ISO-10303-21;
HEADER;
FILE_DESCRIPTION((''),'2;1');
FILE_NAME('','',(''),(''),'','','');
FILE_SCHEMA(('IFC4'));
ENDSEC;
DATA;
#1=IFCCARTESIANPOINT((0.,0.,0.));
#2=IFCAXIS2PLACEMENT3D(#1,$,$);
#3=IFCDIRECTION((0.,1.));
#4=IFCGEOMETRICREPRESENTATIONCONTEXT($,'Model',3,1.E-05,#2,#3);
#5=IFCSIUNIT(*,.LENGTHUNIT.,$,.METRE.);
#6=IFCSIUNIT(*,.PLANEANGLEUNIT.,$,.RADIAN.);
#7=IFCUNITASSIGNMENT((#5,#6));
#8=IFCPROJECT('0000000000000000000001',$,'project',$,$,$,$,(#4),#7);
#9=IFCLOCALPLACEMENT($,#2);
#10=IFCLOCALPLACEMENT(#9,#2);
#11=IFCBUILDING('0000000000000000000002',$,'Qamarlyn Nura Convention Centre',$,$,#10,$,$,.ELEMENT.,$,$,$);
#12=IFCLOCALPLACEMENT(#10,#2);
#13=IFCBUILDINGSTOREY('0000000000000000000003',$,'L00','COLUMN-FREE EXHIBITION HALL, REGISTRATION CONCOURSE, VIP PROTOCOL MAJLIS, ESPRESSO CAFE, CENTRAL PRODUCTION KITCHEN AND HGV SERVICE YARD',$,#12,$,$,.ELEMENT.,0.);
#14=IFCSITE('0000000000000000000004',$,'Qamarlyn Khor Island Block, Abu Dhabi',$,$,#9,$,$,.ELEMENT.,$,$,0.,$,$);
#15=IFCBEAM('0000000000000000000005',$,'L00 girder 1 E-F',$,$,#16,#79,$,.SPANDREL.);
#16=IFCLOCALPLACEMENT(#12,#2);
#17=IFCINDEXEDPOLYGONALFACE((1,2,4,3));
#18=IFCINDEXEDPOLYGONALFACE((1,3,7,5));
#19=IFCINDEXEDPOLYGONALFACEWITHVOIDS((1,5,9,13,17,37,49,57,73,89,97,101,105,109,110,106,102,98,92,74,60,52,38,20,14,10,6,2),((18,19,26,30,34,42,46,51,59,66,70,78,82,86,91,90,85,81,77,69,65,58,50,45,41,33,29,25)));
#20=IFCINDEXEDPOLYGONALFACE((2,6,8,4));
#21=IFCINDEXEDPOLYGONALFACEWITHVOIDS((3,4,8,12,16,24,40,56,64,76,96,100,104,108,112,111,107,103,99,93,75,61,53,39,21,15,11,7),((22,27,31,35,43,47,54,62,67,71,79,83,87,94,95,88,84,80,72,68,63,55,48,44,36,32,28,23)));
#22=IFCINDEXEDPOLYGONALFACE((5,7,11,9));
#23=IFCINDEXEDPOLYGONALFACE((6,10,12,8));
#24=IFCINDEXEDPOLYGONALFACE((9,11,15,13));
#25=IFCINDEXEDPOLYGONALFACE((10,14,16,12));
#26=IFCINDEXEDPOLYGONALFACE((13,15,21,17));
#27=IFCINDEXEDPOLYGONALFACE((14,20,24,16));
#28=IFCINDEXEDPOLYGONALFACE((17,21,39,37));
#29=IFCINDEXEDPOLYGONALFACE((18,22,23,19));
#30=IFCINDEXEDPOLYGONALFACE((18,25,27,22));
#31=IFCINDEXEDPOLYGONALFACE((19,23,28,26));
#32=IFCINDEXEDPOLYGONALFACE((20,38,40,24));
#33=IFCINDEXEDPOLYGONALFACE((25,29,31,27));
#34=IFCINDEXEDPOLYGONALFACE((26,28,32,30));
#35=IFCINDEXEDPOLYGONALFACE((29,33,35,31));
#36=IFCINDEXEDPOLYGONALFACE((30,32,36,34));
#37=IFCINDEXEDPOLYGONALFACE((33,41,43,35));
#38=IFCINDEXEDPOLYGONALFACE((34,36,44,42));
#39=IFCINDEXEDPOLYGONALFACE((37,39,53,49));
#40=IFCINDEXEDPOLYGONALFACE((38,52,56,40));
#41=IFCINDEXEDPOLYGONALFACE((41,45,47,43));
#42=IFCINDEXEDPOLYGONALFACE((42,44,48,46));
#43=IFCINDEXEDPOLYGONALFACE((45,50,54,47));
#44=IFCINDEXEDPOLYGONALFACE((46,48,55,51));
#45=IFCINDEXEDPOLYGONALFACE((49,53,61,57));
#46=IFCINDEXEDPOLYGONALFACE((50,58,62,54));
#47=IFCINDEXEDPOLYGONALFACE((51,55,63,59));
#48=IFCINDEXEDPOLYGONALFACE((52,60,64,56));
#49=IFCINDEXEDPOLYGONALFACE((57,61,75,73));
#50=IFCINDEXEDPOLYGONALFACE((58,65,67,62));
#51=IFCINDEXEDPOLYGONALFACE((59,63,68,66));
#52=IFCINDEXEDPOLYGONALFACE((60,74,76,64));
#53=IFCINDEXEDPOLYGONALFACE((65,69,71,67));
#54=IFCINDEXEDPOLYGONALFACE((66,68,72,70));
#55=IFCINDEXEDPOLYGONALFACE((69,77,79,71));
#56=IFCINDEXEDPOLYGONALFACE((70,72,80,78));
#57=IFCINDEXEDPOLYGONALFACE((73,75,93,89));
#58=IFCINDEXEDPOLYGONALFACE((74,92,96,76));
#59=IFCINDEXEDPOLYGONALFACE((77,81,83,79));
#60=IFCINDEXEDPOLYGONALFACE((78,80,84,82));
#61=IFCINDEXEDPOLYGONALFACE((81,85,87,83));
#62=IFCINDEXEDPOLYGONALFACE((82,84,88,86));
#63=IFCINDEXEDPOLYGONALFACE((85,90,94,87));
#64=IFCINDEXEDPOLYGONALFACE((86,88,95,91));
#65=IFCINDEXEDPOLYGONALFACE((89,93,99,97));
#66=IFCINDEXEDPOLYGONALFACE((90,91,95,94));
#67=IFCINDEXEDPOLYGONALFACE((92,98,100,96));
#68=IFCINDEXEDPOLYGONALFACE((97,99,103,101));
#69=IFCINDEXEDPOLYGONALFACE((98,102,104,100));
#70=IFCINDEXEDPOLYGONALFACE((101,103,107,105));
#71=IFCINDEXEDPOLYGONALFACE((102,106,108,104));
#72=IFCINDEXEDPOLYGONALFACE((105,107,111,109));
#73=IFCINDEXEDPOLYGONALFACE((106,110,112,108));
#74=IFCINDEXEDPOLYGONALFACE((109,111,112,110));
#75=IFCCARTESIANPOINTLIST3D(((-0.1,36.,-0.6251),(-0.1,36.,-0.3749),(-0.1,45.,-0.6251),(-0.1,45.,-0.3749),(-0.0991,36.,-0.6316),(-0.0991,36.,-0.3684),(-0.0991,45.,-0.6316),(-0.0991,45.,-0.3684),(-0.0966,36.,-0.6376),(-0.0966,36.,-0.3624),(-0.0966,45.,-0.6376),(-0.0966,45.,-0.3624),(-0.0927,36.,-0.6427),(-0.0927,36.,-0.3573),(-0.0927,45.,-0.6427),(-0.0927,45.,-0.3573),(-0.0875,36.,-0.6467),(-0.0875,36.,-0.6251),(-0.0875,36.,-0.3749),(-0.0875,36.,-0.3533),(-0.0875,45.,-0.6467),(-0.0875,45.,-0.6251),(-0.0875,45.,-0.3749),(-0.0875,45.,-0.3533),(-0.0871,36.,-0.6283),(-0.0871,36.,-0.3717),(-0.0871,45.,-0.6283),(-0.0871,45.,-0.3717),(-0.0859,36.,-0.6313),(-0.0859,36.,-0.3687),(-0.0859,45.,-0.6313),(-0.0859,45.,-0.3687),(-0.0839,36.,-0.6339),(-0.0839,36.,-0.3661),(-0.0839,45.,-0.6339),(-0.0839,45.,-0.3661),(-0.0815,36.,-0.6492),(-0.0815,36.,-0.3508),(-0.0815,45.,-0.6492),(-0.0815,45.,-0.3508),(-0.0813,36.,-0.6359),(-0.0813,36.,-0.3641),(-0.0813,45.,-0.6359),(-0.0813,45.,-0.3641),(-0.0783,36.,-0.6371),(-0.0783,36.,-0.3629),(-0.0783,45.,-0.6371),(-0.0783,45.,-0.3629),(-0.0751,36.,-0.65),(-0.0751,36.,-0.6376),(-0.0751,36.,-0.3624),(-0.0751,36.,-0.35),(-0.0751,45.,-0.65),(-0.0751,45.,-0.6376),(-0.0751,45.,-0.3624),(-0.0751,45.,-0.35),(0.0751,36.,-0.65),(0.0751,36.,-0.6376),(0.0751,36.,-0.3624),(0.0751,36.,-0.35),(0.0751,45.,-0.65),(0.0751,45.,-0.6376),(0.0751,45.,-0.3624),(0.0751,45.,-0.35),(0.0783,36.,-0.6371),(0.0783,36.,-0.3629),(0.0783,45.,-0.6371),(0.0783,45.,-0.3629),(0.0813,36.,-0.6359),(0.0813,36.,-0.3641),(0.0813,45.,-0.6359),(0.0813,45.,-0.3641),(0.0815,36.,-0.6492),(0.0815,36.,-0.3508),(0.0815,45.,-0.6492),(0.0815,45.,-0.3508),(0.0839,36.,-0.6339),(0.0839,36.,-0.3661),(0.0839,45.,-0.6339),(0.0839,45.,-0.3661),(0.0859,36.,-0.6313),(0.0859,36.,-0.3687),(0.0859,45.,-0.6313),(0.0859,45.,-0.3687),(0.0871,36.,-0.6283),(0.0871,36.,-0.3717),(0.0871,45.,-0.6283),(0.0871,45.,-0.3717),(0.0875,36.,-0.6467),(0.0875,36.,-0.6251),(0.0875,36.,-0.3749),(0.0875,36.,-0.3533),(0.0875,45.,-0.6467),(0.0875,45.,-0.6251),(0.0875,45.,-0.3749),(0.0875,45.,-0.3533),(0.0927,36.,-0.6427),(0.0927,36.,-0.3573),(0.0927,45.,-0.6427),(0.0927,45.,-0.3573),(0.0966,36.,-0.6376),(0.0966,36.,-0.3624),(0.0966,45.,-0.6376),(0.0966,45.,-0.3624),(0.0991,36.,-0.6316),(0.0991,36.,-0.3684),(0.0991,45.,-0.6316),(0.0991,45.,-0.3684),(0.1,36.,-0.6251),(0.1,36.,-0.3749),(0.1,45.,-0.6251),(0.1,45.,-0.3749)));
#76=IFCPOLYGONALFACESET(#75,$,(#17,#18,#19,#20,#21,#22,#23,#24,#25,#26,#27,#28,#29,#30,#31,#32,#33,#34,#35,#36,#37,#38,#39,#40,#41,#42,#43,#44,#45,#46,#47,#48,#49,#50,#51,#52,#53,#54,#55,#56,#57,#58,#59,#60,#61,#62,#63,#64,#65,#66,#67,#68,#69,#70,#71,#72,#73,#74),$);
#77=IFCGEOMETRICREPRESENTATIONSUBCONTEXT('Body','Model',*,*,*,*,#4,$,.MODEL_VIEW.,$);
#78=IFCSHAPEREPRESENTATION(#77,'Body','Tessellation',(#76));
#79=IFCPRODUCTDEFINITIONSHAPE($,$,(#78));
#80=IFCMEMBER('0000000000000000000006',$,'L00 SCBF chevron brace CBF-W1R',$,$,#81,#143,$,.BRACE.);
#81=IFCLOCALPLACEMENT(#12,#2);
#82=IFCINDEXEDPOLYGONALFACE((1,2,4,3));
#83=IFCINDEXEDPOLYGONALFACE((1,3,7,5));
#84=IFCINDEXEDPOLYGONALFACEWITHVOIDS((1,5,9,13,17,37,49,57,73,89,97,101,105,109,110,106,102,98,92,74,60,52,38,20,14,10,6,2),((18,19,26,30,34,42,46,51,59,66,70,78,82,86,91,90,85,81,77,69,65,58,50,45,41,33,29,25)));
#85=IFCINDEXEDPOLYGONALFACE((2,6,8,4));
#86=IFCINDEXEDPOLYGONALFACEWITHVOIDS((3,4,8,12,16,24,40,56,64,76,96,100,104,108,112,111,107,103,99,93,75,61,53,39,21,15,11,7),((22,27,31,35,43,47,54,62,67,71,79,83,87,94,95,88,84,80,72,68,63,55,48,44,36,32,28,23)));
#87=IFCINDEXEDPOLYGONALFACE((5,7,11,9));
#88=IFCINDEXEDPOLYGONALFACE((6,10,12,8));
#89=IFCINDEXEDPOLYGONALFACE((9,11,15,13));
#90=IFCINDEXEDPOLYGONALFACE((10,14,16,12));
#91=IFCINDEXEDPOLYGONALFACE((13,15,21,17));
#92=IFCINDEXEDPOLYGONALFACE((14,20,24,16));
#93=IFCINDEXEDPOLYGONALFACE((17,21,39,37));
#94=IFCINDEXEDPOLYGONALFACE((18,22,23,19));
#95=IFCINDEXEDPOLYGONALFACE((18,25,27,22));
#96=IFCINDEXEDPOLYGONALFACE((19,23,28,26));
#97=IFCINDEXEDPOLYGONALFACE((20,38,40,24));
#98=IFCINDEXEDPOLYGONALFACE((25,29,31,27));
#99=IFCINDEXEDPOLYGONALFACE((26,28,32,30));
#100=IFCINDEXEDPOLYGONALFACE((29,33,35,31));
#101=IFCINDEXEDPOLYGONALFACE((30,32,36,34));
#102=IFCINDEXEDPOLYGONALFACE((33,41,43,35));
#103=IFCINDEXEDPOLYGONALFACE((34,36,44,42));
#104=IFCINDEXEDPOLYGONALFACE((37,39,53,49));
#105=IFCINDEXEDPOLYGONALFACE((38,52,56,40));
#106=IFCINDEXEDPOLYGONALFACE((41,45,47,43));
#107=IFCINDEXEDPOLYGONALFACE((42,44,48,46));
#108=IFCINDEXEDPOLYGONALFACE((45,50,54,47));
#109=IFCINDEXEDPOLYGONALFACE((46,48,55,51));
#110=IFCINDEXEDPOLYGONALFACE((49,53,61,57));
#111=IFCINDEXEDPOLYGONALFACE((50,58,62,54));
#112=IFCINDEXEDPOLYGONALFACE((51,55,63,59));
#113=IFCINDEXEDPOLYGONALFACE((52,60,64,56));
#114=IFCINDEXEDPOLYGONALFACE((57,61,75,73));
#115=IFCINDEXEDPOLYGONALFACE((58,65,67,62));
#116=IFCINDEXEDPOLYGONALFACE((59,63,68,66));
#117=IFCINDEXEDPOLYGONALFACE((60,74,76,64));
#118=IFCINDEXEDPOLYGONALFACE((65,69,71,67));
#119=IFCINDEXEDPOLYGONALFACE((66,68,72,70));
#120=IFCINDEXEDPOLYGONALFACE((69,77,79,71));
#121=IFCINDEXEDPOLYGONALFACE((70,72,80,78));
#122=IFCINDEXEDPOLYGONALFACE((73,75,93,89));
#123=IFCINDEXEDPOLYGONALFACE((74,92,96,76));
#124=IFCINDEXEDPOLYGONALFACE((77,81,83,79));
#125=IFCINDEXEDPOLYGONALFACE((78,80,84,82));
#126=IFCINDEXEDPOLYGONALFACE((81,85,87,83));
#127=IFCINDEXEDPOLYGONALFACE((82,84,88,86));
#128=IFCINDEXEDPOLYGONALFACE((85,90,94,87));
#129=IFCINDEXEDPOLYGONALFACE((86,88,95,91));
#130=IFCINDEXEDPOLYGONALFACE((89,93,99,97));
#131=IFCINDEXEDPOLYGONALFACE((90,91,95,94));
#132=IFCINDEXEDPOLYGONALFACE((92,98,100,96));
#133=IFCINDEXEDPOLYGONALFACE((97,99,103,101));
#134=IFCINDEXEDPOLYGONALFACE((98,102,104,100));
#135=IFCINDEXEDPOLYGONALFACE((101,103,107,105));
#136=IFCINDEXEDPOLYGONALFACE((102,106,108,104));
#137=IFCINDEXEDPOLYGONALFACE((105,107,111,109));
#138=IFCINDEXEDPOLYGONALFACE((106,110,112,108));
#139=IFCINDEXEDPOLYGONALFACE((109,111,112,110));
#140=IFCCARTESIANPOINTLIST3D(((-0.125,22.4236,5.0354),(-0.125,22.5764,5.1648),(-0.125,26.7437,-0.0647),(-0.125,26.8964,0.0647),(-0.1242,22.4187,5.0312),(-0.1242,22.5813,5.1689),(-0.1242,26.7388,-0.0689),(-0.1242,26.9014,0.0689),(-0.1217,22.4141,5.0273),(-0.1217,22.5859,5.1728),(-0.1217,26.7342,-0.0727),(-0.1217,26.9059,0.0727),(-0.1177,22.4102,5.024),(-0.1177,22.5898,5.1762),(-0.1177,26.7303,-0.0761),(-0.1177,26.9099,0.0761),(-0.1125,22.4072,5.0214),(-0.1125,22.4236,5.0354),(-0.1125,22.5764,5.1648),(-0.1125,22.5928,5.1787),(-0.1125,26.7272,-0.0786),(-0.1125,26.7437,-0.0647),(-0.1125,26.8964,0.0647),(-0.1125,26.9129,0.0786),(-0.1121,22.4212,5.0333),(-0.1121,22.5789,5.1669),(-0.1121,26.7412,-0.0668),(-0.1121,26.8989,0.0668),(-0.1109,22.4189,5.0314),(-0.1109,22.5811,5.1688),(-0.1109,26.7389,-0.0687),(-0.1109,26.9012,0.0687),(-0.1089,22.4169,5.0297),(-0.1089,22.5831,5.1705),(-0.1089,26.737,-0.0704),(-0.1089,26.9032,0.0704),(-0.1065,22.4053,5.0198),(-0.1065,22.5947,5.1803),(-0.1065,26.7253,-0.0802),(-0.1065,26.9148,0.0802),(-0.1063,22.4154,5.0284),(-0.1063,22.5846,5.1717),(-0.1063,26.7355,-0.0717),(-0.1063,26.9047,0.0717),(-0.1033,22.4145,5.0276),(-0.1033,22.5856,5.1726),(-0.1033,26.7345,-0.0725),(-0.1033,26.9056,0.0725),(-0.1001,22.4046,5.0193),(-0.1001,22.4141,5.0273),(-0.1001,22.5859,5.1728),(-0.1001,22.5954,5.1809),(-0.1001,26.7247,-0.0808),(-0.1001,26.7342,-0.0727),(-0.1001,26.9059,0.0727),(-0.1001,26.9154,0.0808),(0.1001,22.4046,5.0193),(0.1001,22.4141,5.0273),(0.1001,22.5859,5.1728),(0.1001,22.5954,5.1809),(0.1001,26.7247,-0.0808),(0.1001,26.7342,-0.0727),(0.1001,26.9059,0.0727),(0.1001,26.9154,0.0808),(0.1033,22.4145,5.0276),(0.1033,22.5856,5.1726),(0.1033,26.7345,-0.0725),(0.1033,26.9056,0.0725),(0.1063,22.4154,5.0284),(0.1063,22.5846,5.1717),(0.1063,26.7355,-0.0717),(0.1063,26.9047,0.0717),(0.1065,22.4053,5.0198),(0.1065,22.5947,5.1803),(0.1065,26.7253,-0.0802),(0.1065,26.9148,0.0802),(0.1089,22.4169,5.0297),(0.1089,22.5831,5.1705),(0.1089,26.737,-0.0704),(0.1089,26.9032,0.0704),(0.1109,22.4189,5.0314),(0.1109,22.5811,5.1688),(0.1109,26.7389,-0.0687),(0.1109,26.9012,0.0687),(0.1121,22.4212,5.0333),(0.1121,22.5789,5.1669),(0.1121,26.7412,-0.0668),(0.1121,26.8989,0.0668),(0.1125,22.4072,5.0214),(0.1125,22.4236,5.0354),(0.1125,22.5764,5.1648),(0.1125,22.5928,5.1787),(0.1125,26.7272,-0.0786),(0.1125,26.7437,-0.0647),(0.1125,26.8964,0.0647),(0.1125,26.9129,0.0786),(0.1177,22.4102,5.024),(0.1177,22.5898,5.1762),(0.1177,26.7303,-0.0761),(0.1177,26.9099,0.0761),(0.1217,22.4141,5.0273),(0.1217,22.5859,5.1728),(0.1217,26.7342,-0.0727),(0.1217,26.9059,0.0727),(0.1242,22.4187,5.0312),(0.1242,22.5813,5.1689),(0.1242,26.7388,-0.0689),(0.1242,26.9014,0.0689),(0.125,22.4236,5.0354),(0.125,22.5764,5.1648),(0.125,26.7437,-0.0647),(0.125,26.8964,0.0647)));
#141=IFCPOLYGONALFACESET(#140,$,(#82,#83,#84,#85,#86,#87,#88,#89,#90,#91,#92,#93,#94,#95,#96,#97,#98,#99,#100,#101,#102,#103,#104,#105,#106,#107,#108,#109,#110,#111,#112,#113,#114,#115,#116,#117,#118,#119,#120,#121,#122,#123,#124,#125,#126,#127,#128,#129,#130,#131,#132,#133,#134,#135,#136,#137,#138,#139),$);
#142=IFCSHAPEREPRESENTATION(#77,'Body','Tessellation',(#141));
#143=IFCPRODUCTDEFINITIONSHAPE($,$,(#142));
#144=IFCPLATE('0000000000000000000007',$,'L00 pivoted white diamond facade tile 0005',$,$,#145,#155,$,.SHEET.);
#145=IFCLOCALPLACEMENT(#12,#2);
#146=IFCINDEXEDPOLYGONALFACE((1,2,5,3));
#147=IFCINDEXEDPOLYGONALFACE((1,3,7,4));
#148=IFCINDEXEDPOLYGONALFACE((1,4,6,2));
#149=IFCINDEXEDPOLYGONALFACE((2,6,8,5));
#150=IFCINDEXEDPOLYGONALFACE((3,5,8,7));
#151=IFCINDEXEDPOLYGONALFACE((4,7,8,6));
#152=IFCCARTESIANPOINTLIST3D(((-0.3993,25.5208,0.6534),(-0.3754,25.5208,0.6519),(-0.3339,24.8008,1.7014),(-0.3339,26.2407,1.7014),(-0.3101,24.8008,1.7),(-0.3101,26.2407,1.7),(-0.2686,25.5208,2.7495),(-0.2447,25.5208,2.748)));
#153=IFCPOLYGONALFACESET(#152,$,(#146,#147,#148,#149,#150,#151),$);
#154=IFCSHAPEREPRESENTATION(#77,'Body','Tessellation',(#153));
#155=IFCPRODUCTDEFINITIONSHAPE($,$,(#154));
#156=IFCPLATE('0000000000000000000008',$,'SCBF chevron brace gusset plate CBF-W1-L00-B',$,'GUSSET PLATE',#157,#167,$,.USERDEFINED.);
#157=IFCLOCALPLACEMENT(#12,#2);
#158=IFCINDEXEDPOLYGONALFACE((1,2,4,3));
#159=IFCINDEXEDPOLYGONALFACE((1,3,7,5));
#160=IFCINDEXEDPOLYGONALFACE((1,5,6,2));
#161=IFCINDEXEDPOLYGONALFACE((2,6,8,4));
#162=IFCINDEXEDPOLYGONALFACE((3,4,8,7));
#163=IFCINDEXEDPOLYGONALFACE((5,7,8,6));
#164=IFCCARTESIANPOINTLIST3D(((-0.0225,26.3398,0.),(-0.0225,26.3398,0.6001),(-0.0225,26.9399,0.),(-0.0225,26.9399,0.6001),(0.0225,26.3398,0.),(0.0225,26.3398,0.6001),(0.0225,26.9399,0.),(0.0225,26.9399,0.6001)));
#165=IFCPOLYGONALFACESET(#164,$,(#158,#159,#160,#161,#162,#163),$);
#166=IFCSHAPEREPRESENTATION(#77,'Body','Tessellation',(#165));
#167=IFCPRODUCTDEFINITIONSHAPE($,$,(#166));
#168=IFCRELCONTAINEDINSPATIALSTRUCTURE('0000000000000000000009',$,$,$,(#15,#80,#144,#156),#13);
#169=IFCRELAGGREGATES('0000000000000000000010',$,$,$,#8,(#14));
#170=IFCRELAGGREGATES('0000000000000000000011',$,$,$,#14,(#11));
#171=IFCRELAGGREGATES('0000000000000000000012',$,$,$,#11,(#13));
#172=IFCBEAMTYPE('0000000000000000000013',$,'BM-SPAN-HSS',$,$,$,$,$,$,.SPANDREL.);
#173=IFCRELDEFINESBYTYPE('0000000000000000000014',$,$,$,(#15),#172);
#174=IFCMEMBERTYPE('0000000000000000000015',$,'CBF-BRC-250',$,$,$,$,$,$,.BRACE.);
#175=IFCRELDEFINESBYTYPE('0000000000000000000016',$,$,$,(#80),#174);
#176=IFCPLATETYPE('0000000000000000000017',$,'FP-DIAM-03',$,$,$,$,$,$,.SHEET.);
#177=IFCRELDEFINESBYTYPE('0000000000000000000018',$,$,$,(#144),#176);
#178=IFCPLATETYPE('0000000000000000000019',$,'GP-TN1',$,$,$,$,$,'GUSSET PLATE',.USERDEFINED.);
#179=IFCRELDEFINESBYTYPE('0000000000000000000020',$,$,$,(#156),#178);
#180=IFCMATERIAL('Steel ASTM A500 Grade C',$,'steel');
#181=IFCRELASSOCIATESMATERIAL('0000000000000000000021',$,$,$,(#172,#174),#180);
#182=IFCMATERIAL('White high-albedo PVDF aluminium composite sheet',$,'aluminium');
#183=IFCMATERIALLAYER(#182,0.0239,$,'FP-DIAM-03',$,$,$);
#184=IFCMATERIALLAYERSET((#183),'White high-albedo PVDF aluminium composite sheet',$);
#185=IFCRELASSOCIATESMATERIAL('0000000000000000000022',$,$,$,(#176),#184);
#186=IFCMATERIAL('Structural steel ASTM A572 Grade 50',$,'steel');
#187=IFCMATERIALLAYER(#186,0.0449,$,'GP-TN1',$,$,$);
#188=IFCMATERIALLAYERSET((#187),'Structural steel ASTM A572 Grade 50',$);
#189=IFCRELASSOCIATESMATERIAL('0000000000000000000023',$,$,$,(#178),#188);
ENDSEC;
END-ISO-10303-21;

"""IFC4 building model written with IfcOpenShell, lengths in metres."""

from ifc_helpers import new_model, si_unit, direction, frame, origin, origin_2d, place, context, subcontext, project, spatial, polyline, rectangle, hollow_rectangle, outline, extrude, material, layer, layer_set, material_profile, profile_set, type_object, element, save


model = new_model("IFC4")

# Units and contexts
model_context = context("Model", 3, precision=1e-05, world=origin(), true_north=direction((0.0, 1.0)))
body_context = subcontext(model_context, "Body", "Model", "MODEL_VIEW")
ifc_project = project(units=[si_unit("LENGTHUNIT", "METRE"), si_unit("PLANEANGLEUNIT", "RADIAN")], contexts=[model_context])

# Site, building, storey
site_placement = place(None, origin())
site = spatial("IfcSite", under=ifc_project, at=site_placement, Name="Qamarlyn Khor Island Block, Abu Dhabi", CompositionType="ELEMENT", RefElevation=0.0)
building_placement = place(site_placement, origin())
building = spatial("IfcBuilding", under=site, at=building_placement, Name="Qamarlyn Nura Convention Centre", CompositionType="ELEMENT")
storey_placement = place(building_placement, origin())
storey = spatial("IfcBuildingStorey", under=building, at=storey_placement, Name="L00", Description="COLUMN-FREE EXHIBITION HALL, REGISTRATION CONCOURSE, VIP PROTOCOL MAJLIS, ESPRESSO CAFE, CENTRAL PRODUCTION KITCHEN AND HGV SERVICE YARD", CompositionType="ELEMENT", Elevation=0.0)

# Beam
ifc_material_1 = material(Name="Steel ASTM A500 Grade C", Category="steel")
ifc_material_profile_1 = material_profile(ifc_material_1, hollow_rectangle(XDim=0.2, YDim=0.3, WallThickness=0.0125, InnerFilletRadius=0.0125, OuterFilletRadius=0.0249, at=origin_2d()), Name="HSS300X200X12.5")
ifc_profile_set_1 = profile_set([ifc_material_profile_1], Name="Steel ASTM A500 Grade C")
beam_type_1 = type_object("IfcBeamType", Name="BM-SPAN-HSS", PredefinedType="SPANDREL", material=ifc_profile_set_1)
beam_1_placement = place(storey_placement, frame((0.0, 36.0, -0.5), z_axis=(0.0, 1.0, 0.0), x_axis=(-1.0, 0.0, 0.0)))
element("IfcBeam", 1, at=beam_1_placement, inside=storey, type_object=beam_type_1, Name="L00 girder 1 E-F", PredefinedType="SPANDREL", context=body_context, shape_type="SweptSolid", body=[
    extrude(hollow_rectangle(XDim=0.2, YDim=0.3, WallThickness=0.0125, InnerFilletRadius=0.0125, OuterFilletRadius=0.0249, at=origin_2d()), origin(), (0.0, 0.0, 1.0), 9.0),
])

# Member
ifc_material_profile_2 = material_profile(ifc_material_1, hollow_rectangle(XDim=0.25, YDim=0.25, WallThickness=0.0125, InnerFilletRadius=0.0125, OuterFilletRadius=0.0249, at=origin_2d()), Name="HSS250X250X12.5")
ifc_profile_set_2 = profile_set([ifc_material_profile_2], Name="Steel ASTM A500 Grade C")
member_type = type_object("IfcMemberType", Name="CBF-BRC-250", PredefinedType="BRACE", material=ifc_profile_set_2)
member_placement = place(storey_placement, frame((0.0, 26.8201, 0.0), z_axis=(0.0, -0.646343, 0.763047), x_axis=(1.0, 0.0, 0.0)))
element("IfcMember", 2, at=member_placement, inside=storey, type_object=member_type, Name="L00 SCBF chevron brace CBF-W1R", PredefinedType="BRACE", context=body_context, shape_type="SweptSolid", body=[
    extrude(hollow_rectangle(XDim=0.25, YDim=0.25, WallThickness=0.0125, InnerFilletRadius=0.0125, OuterFilletRadius=0.0249, at=origin_2d()), origin(), (0.0, 0.0, 1.0), 6.6838),
])

# Plates
ifc_material_2 = material(Name="White high-albedo PVDF aluminium composite sheet", Category="aluminium")
ifc_layer_1 = layer(ifc_material_2, 0.0239, Name="FP-DIAM-03")
ifc_layer_set_1 = layer_set([ifc_layer_1], Name="White high-albedo PVDF aluminium composite sheet")
plate_type_1 = type_object("IfcPlateType", Name="FP-DIAM-03", PredefinedType="SHEET", material=ifc_layer_set_1)
plate_1_placement = place(storey_placement, frame((-0.3101, 25.5208, 1.7), z_axis=(-0.998059, 0.0, 0.062268), x_axis=(0.0, -1.0, 0.0)))
element("IfcPlate", 3, at=plate_1_placement, inside=storey, type_object=plate_type_1, Name="L00 pivoted white diamond facade tile 0005", PredefinedType="SHEET", context=body_context, shape_type="SweptSolid", body=[
    extrude(outline(polyline([(-0.72, 0.0), (0.0, -1.05), (0.72, 0.0), (0.0, 1.05), (-0.72, 0.0)])), origin(), (0.0, 0.0, 1.0), 0.0239),
])
ifc_material_3 = material(Name="Structural steel ASTM A572 Grade 50", Category="steel")
ifc_layer_2 = layer(ifc_material_3, 0.0449, Name="GP-TN1")
ifc_layer_set_2 = layer_set([ifc_layer_2], Name="Structural steel ASTM A572 Grade 50")
plate_type_2 = type_object("IfcPlateType", Name="GP-TN1", ElementType="GUSSET PLATE", PredefinedType="USERDEFINED", material=ifc_layer_set_2)
plate_2_placement = place(storey_placement, frame((0.0, 26.6399, 0.0), z_axis=(0.0, 0.0, 1.0), x_axis=(0.0, 1.0, 0.0)))
element("IfcPlate", 4, at=plate_2_placement, inside=storey, type_object=plate_type_2, Name="SCBF chevron brace gusset plate CBF-W1-L00-B", ObjectType="GUSSET PLATE", PredefinedType="USERDEFINED", context=body_context, shape_type="SweptSolid", body=[
    extrude(rectangle(XDim=0.6001, YDim=0.0449, at=origin_2d()), origin(), (0.0, 0.0, 1.0), 0.6001),
])

save(model, "model.ifc")
